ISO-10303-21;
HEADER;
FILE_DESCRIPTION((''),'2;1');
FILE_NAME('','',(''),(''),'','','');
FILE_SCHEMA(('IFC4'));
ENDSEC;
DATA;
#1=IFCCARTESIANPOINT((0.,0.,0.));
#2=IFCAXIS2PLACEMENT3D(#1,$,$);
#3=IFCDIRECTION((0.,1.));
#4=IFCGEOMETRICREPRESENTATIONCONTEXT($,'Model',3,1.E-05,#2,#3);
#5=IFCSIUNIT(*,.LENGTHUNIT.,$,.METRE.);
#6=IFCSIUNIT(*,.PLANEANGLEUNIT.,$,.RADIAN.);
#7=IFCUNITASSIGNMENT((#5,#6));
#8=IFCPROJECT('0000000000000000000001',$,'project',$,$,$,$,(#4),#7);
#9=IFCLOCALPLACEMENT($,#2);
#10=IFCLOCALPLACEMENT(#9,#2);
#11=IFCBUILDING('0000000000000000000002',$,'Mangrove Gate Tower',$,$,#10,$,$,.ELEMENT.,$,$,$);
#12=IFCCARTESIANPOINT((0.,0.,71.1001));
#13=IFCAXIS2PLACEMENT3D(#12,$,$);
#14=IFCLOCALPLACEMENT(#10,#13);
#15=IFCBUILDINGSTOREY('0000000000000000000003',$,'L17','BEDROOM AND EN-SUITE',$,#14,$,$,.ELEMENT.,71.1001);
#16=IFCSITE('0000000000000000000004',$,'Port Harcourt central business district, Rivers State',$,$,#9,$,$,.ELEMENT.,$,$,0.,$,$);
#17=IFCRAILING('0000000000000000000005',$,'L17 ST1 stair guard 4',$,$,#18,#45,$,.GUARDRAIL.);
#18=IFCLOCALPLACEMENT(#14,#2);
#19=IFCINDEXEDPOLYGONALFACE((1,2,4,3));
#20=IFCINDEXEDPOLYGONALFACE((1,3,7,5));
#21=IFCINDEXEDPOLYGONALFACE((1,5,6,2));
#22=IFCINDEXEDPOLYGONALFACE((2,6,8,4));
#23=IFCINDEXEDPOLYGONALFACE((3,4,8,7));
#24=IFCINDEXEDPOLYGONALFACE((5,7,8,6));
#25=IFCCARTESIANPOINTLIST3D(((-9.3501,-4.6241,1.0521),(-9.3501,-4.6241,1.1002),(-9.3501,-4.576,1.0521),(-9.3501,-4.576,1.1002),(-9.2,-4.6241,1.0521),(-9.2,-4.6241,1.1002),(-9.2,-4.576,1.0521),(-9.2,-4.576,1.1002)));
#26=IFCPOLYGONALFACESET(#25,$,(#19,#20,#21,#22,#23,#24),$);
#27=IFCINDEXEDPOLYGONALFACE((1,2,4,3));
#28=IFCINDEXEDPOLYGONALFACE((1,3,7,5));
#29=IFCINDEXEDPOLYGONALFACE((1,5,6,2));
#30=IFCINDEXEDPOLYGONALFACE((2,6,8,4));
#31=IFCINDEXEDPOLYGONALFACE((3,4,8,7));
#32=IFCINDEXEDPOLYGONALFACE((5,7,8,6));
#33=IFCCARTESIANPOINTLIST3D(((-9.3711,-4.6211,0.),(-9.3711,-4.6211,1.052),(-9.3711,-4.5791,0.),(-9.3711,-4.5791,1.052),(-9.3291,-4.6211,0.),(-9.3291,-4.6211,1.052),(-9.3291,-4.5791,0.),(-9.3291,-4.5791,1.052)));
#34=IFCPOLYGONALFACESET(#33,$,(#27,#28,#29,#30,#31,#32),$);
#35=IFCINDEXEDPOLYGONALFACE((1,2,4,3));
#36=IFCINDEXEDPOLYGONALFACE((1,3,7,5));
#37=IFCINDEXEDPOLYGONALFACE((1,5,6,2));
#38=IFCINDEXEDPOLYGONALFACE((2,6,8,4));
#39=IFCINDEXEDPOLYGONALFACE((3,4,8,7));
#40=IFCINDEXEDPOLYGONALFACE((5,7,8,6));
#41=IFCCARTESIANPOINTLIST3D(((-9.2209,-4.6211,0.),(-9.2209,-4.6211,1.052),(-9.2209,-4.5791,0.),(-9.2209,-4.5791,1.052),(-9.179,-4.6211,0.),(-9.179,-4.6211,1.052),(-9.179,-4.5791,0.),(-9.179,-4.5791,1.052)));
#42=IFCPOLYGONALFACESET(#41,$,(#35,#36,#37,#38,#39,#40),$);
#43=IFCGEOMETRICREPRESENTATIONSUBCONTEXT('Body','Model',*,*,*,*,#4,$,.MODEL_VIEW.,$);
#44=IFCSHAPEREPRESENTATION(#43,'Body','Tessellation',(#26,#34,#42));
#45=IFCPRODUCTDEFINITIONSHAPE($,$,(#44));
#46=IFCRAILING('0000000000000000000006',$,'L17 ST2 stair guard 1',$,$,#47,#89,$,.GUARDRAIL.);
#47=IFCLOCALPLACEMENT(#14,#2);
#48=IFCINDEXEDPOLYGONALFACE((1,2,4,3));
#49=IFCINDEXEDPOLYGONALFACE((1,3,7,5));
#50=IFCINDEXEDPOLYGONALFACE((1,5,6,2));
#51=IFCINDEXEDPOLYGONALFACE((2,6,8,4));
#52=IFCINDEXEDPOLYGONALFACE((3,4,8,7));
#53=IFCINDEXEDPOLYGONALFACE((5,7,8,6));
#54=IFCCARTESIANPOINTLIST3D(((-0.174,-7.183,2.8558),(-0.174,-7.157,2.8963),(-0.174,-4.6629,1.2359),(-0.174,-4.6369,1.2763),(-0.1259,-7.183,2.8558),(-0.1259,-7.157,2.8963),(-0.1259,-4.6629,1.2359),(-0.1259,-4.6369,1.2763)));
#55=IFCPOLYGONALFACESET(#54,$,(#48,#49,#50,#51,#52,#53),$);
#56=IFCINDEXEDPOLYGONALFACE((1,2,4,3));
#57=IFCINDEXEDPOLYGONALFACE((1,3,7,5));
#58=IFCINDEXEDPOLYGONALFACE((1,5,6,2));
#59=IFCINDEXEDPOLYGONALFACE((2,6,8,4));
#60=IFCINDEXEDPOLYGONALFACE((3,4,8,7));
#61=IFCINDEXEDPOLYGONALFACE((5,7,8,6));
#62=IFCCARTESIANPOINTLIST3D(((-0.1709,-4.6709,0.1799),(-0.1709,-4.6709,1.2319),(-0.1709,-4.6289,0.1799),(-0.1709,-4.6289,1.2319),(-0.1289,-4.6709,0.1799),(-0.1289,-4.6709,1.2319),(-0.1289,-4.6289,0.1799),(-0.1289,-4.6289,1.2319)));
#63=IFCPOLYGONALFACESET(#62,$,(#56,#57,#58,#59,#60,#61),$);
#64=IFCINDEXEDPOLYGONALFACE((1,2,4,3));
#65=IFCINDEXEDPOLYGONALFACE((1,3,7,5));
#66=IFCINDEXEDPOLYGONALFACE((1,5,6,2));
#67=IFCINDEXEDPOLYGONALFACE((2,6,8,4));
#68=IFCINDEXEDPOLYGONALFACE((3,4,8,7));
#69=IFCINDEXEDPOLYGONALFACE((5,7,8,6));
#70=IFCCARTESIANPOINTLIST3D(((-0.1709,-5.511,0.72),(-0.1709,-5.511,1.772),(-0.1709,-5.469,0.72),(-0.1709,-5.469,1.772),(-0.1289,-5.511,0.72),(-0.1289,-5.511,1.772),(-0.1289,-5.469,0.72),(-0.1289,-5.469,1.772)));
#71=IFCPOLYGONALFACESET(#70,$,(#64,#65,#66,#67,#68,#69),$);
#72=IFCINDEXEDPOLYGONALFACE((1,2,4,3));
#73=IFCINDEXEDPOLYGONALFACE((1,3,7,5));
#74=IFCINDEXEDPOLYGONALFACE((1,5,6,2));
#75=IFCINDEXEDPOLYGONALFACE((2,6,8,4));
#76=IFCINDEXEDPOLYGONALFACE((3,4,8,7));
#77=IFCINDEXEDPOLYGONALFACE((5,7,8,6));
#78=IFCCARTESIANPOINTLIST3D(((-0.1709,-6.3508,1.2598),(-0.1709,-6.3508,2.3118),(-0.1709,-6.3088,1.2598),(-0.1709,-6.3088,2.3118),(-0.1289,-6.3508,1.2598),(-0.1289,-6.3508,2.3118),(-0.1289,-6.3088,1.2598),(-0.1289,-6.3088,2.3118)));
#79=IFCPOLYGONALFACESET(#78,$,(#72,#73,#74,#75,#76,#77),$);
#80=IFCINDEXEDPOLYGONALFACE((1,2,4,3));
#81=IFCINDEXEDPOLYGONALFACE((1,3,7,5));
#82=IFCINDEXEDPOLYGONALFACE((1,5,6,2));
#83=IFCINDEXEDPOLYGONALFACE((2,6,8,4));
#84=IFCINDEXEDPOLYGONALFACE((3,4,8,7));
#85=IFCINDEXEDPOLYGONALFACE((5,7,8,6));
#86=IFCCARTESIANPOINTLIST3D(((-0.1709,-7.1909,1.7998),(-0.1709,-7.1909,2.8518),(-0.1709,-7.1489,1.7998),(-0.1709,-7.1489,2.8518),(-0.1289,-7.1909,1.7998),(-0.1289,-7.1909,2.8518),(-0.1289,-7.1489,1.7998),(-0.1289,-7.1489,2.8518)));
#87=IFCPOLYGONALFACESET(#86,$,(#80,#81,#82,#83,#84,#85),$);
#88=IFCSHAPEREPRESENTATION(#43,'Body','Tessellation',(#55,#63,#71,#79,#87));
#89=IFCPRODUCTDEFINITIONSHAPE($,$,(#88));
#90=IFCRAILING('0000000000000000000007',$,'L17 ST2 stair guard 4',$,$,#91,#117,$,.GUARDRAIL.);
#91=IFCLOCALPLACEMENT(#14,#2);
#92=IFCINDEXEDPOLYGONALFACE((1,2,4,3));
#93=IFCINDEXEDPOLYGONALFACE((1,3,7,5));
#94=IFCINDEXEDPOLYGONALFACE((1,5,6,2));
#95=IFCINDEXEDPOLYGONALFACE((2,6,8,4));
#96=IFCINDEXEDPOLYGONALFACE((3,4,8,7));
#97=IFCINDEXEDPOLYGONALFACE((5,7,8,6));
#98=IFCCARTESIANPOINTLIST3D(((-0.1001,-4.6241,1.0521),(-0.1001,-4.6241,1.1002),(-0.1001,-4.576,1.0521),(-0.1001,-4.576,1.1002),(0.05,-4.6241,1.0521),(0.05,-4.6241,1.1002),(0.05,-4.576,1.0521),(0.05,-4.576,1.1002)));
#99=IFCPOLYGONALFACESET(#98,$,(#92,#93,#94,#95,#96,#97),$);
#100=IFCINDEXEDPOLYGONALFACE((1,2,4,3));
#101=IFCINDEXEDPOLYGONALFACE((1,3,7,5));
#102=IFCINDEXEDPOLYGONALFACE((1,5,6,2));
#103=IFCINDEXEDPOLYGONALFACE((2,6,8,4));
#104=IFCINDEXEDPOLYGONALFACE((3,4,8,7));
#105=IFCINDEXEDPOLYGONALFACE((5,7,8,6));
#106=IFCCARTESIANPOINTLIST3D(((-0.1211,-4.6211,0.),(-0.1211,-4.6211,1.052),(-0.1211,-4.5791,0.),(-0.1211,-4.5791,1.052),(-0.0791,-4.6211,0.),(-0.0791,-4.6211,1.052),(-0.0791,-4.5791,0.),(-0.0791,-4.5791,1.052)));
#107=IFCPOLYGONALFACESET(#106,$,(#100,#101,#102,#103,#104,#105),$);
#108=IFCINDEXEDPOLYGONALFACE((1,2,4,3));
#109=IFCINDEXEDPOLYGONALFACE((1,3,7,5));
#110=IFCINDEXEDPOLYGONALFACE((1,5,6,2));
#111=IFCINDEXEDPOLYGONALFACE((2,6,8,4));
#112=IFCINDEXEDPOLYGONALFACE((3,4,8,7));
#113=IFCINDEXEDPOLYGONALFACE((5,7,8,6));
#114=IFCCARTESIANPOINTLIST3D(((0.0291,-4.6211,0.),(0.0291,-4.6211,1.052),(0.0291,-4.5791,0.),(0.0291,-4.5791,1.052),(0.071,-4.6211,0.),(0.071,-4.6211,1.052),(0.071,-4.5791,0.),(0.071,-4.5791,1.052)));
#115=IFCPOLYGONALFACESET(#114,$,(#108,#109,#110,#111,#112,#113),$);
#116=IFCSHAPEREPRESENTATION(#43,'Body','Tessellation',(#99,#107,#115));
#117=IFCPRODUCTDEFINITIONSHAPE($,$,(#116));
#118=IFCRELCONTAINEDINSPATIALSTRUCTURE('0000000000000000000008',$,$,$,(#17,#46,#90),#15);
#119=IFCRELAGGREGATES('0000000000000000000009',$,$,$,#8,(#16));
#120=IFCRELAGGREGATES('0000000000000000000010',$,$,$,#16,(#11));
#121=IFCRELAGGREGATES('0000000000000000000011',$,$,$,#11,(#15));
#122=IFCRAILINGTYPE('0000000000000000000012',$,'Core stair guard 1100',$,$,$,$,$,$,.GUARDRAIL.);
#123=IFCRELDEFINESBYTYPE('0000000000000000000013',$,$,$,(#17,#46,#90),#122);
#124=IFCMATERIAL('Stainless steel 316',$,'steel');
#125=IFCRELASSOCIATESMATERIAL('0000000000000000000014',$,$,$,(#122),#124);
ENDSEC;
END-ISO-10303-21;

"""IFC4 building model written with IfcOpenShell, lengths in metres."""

from ifc_helpers import new_model, si_unit, direction, frame, origin, origin_2d, place, context, subcontext, project, spatial, rectangle, extrude, material, type_object, element, save


model = new_model("IFC4")

# Units and contexts
model_context = context("Model", 3, precision=1e-05, world=origin(), true_north=direction((0.0, 1.0)))
body_context = subcontext(model_context, "Body", "Model", "MODEL_VIEW")
ifc_project = project(units=[si_unit("LENGTHUNIT", "METRE"), si_unit("PLANEANGLEUNIT", "RADIAN")], contexts=[model_context])

# Site, building, storey
site_placement = place(None, origin())
site = spatial("IfcSite", under=ifc_project, at=site_placement, Name="Port Harcourt central business district, Rivers State", CompositionType="ELEMENT", RefElevation=0.0)
building_placement = place(site_placement, origin())
building = spatial("IfcBuilding", under=site, at=building_placement, Name="Mangrove Gate Tower", CompositionType="ELEMENT")
storey_placement = place(building_placement, frame((0.0, 0.0, 71.1001)))
storey = spatial("IfcBuildingStorey", under=building, at=storey_placement, Name="L17", Description="BEDROOM AND EN-SUITE", CompositionType="ELEMENT", Elevation=71.1001)

# Railings
ifc_material_1 = material(Name="Stainless steel 316", Category="steel")
railing_type = type_object("IfcRailingType", Name="Core stair guard 1100", PredefinedType="GUARDRAIL", material=ifc_material_1)
railing_1_placement = place(storey_placement, frame((-9.3501, -4.6001, 0.0)))
element("IfcRailing", 1, at=railing_1_placement, inside=storey, type_object=railing_type, Name="L17 ST1 stair guard 4", PredefinedType="GUARDRAIL", context=body_context, shape_type="SweptSolid", body=[
    extrude(rectangle(XDim=0.0481, YDim=0.0481, at=origin_2d()), frame((0.0, 0.0, 1.0762), z_axis=(1.0, 0.0, 0.0), x_axis=(0.0, 1.0, 0.0)), (0.0, 0.0, 1.0), 0.1501),
    extrude(rectangle(XDim=0.042, YDim=0.042, at=origin_2d()), origin(), (0.0, 0.0, 1.0), 1.052),
    extrude(rectangle(XDim=0.042, YDim=0.042, at=origin_2d()), frame((0.1501, 0.0, 0.0)), (0.0, 0.0, 1.0), 1.052),
])
railing_2_placement = place(storey_placement, frame((-0.1499, -4.6499, 0.1799)))
element("IfcRailing", 2, at=railing_2_placement, inside=storey, type_object=railing_type, Name="L17 ST2 stair guard 1", PredefinedType="GUARDRAIL", context=body_context, shape_type="SweptSolid", body=[
    extrude(rectangle(XDim=0.0481, YDim=0.0481, at=origin_2d()), frame((0.0, 0.0, 1.0762), z_axis=(0.0, -0.8412, 0.540725), x_axis=(1.0, 0.0, 0.0)), (0.0, 0.0, 1.0), 2.9958),
    extrude(rectangle(XDim=0.042, YDim=0.042, at=origin_2d()), origin(), (0.0, 0.0, 1.0), 1.052),
    extrude(rectangle(XDim=0.042, YDim=0.042, at=origin_2d()), frame((0.0, -0.8401, 0.54)), (0.0, 0.0, 1.0), 1.052),
    extrude(rectangle(XDim=0.042, YDim=0.042, at=origin_2d()), frame((0.0, -1.6799, 1.0798)), (0.0, 0.0, 1.0), 1.052),
    extrude(rectangle(XDim=0.042, YDim=0.042, at=origin_2d()), frame((0.0, -2.52, 1.6199)), (0.0, 0.0, 1.0), 1.052),
])
railing_3_placement = place(storey_placement, frame((-0.1001, -4.6001, 0.0)))
element("IfcRailing", 3, at=railing_3_placement, inside=storey, type_object=railing_type, Name="L17 ST2 stair guard 4", PredefinedType="GUARDRAIL", context=body_context, shape_type="SweptSolid", body=[
    extrude(rectangle(XDim=0.0481, YDim=0.0481, at=origin_2d()), frame((0.0, 0.0, 1.0762), z_axis=(1.0, 0.0, 0.0), x_axis=(0.0, 1.0, 0.0)), (0.0, 0.0, 1.0), 0.1501),
    extrude(rectangle(XDim=0.042, YDim=0.042, at=origin_2d()), origin(), (0.0, 0.0, 1.0), 1.052),
    extrude(rectangle(XDim=0.042, YDim=0.042, at=origin_2d()), frame((0.1501, 0.0, 0.0)), (0.0, 0.0, 1.0), 1.052),
])

save(model, "model.ifc")
